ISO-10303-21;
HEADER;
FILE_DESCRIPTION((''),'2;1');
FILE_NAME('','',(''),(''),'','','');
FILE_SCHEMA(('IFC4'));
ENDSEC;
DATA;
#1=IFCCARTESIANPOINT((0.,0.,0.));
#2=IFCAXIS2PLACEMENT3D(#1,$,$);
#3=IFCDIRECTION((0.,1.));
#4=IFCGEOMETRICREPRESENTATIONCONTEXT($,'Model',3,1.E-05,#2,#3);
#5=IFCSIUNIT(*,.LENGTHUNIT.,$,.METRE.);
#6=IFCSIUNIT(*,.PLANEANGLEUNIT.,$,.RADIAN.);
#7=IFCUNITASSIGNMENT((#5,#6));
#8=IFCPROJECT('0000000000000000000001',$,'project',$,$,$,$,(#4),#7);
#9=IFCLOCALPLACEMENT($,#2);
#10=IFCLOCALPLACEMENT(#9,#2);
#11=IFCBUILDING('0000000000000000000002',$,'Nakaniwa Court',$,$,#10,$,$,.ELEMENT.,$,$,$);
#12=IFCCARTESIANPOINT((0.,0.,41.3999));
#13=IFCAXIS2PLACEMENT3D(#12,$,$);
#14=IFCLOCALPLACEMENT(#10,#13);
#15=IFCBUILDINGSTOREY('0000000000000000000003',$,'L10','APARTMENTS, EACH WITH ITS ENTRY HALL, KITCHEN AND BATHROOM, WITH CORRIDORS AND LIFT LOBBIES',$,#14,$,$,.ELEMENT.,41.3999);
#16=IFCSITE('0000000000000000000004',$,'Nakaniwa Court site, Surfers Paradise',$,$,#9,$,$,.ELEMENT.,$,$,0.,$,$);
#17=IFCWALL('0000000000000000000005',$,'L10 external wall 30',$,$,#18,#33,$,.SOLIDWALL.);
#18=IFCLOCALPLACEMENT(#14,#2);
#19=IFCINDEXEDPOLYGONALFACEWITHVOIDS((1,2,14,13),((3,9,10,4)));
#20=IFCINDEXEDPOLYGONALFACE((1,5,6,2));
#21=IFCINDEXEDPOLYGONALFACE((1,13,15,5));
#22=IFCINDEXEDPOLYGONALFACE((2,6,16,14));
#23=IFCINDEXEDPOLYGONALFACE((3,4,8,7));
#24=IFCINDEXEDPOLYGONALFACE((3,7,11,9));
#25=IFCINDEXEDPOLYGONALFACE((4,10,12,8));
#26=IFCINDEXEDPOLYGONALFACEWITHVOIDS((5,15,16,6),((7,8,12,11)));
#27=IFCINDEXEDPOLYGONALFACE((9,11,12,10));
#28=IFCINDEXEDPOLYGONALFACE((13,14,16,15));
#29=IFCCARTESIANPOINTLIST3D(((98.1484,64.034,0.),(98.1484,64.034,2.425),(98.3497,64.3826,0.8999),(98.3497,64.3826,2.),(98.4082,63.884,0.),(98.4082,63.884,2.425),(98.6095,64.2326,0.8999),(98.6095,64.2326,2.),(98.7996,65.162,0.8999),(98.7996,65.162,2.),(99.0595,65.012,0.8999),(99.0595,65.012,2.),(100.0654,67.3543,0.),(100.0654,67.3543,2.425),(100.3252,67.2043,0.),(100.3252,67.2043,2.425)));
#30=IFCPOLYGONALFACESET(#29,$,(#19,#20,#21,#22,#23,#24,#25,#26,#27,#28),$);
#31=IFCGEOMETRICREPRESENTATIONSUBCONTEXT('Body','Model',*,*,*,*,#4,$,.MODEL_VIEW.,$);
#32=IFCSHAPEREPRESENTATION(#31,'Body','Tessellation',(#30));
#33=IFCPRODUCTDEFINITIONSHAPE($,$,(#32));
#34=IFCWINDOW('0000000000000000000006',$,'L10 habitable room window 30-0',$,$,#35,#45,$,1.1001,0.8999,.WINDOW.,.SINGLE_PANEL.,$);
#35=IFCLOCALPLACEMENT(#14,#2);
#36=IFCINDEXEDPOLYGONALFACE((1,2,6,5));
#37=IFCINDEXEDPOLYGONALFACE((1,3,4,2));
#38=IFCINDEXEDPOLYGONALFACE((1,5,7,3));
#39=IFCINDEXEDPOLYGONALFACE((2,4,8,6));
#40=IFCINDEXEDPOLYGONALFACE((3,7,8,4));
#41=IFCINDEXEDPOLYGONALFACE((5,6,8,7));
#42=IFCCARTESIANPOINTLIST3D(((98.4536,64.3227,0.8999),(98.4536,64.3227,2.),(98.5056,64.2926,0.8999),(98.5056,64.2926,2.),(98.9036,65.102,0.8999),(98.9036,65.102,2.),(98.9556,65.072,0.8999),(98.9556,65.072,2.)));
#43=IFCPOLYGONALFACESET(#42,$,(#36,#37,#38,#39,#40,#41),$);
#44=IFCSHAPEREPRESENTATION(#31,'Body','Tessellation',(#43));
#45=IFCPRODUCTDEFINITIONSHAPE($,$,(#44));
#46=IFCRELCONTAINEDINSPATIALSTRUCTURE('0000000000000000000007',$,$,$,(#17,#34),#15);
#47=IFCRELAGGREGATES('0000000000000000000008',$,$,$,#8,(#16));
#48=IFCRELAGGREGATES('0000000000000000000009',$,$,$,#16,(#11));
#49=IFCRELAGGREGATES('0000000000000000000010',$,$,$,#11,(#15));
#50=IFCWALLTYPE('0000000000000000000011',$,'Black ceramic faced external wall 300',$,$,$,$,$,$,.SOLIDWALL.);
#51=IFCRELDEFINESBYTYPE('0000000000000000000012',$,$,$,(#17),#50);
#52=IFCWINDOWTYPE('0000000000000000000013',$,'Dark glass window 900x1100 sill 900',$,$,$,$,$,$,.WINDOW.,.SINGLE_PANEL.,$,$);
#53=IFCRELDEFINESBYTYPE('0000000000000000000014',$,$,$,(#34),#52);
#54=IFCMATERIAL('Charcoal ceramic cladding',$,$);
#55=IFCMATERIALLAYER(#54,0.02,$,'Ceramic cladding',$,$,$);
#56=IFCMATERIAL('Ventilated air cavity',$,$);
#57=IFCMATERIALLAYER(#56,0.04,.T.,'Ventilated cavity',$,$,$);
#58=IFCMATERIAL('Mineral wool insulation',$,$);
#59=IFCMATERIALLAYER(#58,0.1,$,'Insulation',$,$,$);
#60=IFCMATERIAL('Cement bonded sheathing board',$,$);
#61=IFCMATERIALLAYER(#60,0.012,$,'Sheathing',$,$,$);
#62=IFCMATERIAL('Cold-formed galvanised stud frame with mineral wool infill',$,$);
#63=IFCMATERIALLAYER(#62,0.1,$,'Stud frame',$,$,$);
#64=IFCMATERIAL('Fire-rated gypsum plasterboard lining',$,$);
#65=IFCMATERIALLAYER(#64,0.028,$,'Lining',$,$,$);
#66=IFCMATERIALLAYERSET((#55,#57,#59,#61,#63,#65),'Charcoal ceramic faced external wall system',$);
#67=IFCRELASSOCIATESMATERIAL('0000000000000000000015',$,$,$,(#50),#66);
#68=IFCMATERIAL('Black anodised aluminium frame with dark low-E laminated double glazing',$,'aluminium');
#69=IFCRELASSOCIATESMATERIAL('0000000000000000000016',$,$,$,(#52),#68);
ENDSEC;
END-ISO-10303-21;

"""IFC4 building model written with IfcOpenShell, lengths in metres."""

from ifc_helpers import new_model, si_unit, direction, frame, frame_2d, origin, place, context, subcontext, project, spatial, rectangle, extrude, material, layer, layer_set, type_object, element, fill, save


model = new_model("IFC4")

# Units and contexts
model_context = context("Model", 3, precision=1e-05, world=origin(), true_north=direction((0.0, 1.0)))
body_context = subcontext(model_context, "Body", "Model", "MODEL_VIEW")
ifc_project = project(units=[si_unit("LENGTHUNIT", "METRE"), si_unit("PLANEANGLEUNIT", "RADIAN")], contexts=[model_context])

# Site, building, storey
site_placement = place(None, origin())
site = spatial("IfcSite", under=ifc_project, at=site_placement, Name="Nakaniwa Court site, Surfers Paradise", CompositionType="ELEMENT", RefElevation=0.0)
building_placement = place(site_placement, origin())
building = spatial("IfcBuilding", under=site, at=building_placement, Name="Nakaniwa Court", CompositionType="ELEMENT")
storey_placement = place(building_placement, frame((0.0, 0.0, 41.3999)))
storey = spatial("IfcBuildingStorey", under=building, at=storey_placement, Name="L10", Description="APARTMENTS, EACH WITH ITS ENTRY HALL, KITCHEN AND BATHROOM, WITH CORRIDORS AND LIFT LOBBIES", CompositionType="ELEMENT", Elevation=41.3999)

# Wall, opening, window
ifc_material_1 = material(Name="Charcoal ceramic cladding")
ifc_layer_1 = layer(ifc_material_1, 0.02, Name="Ceramic cladding")
ifc_material_2 = material(Name="Ventilated air cavity")
ifc_layer_2 = layer(ifc_material_2, 0.04, ventilated=True, Name="Ventilated cavity")
ifc_material_3 = material(Name="Mineral wool insulation")
ifc_layer_3 = layer(ifc_material_3, 0.1, Name="Insulation")
ifc_material_4 = material(Name="Cement bonded sheathing board")
ifc_layer_4 = layer(ifc_material_4, 0.012, Name="Sheathing")
ifc_material_5 = material(Name="Cold-formed galvanised stud frame with mineral wool infill")
ifc_layer_5 = layer(ifc_material_5, 0.1, Name="Stud frame")
ifc_material_6 = material(Name="Fire-rated gypsum plasterboard lining")
ifc_layer_6 = layer(ifc_material_6, 0.028, Name="Lining")
ifc_layer_set_1 = layer_set([ifc_layer_1, ifc_layer_2, ifc_layer_3, ifc_layer_4, ifc_layer_5, ifc_layer_6], Name="Charcoal ceramic faced external wall system")
wall_type_1 = type_object("IfcWallType", Name="Black ceramic faced external wall 300", PredefinedType="SOLIDWALL", material=ifc_layer_set_1)
ifc_material_7 = material(Name="Black anodised aluminium frame with dark low-E laminated double glazing", Category="aluminium")
wall_1_placement = place(storey_placement, frame((98.2783, 63.959, 0.0), z_axis=(0.0, 0.0, 1.0), x_axis=(0.500002, 0.866024, 0.0)))
wall_1 = element("IfcWall", 1, at=wall_1_placement, inside=storey, type_object=wall_type_1, Name="L10 external wall 30", PredefinedType="SOLIDWALL", context=body_context, shape_type="SweptSolid", body=[
    extrude(rectangle(XDim=3.834, YDim=0.3, at=frame_2d((1.917, 0.0))), origin(), (0.0, 0.0, 1.0), 2.425),
])
opening_1_placement = place(wall_1_placement, frame((0.4026, 0.0, 0.8999)))
opening_1 = element("IfcOpeningElement", 2, at=opening_1_placement, cuts=wall_1, PredefinedType="OPENING", context=body_context, shape_type="SweptSolid", body=[
    extrude(rectangle(XDim=0.8999, YDim=1.1001, at=frame_2d((0.45, 0.55))), frame((0.0, 0.1599, 0.0), z_axis=(0.0, -1.0, 0.0), x_axis=(1.0, 0.0, 0.0)), (0.0, 0.0, 1.0), 0.3201),
])
window_type_1 = type_object("IfcWindowType", Name="Dark glass window 900x1100 sill 900", PartitioningType="SINGLE_PANEL", PredefinedType="WINDOW", material=ifc_material_7)
window_1_placement = place(opening_1_placement, origin())
window_1 = element("IfcWindow", 3, at=window_1_placement, inside=storey, type_object=window_type_1, Name="L10 habitable room window 30-0", OverallHeight=1.1001, OverallWidth=0.8999, PartitioningType="SINGLE_PANEL", PredefinedType="WINDOW", context=body_context, shape_type="SweptSolid", body=[
    extrude(rectangle(XDim=0.8999, YDim=1.1001, at=frame_2d((0.45, 0.55))), frame((0.0, 0.03, 0.0), z_axis=(0.0, -1.0, 0.0), x_axis=(1.0, 0.0, 0.0)), (0.0, 0.0, 1.0), 0.0601),
])
fill(opening_1, window_1)

save(model, "model.ifc")
